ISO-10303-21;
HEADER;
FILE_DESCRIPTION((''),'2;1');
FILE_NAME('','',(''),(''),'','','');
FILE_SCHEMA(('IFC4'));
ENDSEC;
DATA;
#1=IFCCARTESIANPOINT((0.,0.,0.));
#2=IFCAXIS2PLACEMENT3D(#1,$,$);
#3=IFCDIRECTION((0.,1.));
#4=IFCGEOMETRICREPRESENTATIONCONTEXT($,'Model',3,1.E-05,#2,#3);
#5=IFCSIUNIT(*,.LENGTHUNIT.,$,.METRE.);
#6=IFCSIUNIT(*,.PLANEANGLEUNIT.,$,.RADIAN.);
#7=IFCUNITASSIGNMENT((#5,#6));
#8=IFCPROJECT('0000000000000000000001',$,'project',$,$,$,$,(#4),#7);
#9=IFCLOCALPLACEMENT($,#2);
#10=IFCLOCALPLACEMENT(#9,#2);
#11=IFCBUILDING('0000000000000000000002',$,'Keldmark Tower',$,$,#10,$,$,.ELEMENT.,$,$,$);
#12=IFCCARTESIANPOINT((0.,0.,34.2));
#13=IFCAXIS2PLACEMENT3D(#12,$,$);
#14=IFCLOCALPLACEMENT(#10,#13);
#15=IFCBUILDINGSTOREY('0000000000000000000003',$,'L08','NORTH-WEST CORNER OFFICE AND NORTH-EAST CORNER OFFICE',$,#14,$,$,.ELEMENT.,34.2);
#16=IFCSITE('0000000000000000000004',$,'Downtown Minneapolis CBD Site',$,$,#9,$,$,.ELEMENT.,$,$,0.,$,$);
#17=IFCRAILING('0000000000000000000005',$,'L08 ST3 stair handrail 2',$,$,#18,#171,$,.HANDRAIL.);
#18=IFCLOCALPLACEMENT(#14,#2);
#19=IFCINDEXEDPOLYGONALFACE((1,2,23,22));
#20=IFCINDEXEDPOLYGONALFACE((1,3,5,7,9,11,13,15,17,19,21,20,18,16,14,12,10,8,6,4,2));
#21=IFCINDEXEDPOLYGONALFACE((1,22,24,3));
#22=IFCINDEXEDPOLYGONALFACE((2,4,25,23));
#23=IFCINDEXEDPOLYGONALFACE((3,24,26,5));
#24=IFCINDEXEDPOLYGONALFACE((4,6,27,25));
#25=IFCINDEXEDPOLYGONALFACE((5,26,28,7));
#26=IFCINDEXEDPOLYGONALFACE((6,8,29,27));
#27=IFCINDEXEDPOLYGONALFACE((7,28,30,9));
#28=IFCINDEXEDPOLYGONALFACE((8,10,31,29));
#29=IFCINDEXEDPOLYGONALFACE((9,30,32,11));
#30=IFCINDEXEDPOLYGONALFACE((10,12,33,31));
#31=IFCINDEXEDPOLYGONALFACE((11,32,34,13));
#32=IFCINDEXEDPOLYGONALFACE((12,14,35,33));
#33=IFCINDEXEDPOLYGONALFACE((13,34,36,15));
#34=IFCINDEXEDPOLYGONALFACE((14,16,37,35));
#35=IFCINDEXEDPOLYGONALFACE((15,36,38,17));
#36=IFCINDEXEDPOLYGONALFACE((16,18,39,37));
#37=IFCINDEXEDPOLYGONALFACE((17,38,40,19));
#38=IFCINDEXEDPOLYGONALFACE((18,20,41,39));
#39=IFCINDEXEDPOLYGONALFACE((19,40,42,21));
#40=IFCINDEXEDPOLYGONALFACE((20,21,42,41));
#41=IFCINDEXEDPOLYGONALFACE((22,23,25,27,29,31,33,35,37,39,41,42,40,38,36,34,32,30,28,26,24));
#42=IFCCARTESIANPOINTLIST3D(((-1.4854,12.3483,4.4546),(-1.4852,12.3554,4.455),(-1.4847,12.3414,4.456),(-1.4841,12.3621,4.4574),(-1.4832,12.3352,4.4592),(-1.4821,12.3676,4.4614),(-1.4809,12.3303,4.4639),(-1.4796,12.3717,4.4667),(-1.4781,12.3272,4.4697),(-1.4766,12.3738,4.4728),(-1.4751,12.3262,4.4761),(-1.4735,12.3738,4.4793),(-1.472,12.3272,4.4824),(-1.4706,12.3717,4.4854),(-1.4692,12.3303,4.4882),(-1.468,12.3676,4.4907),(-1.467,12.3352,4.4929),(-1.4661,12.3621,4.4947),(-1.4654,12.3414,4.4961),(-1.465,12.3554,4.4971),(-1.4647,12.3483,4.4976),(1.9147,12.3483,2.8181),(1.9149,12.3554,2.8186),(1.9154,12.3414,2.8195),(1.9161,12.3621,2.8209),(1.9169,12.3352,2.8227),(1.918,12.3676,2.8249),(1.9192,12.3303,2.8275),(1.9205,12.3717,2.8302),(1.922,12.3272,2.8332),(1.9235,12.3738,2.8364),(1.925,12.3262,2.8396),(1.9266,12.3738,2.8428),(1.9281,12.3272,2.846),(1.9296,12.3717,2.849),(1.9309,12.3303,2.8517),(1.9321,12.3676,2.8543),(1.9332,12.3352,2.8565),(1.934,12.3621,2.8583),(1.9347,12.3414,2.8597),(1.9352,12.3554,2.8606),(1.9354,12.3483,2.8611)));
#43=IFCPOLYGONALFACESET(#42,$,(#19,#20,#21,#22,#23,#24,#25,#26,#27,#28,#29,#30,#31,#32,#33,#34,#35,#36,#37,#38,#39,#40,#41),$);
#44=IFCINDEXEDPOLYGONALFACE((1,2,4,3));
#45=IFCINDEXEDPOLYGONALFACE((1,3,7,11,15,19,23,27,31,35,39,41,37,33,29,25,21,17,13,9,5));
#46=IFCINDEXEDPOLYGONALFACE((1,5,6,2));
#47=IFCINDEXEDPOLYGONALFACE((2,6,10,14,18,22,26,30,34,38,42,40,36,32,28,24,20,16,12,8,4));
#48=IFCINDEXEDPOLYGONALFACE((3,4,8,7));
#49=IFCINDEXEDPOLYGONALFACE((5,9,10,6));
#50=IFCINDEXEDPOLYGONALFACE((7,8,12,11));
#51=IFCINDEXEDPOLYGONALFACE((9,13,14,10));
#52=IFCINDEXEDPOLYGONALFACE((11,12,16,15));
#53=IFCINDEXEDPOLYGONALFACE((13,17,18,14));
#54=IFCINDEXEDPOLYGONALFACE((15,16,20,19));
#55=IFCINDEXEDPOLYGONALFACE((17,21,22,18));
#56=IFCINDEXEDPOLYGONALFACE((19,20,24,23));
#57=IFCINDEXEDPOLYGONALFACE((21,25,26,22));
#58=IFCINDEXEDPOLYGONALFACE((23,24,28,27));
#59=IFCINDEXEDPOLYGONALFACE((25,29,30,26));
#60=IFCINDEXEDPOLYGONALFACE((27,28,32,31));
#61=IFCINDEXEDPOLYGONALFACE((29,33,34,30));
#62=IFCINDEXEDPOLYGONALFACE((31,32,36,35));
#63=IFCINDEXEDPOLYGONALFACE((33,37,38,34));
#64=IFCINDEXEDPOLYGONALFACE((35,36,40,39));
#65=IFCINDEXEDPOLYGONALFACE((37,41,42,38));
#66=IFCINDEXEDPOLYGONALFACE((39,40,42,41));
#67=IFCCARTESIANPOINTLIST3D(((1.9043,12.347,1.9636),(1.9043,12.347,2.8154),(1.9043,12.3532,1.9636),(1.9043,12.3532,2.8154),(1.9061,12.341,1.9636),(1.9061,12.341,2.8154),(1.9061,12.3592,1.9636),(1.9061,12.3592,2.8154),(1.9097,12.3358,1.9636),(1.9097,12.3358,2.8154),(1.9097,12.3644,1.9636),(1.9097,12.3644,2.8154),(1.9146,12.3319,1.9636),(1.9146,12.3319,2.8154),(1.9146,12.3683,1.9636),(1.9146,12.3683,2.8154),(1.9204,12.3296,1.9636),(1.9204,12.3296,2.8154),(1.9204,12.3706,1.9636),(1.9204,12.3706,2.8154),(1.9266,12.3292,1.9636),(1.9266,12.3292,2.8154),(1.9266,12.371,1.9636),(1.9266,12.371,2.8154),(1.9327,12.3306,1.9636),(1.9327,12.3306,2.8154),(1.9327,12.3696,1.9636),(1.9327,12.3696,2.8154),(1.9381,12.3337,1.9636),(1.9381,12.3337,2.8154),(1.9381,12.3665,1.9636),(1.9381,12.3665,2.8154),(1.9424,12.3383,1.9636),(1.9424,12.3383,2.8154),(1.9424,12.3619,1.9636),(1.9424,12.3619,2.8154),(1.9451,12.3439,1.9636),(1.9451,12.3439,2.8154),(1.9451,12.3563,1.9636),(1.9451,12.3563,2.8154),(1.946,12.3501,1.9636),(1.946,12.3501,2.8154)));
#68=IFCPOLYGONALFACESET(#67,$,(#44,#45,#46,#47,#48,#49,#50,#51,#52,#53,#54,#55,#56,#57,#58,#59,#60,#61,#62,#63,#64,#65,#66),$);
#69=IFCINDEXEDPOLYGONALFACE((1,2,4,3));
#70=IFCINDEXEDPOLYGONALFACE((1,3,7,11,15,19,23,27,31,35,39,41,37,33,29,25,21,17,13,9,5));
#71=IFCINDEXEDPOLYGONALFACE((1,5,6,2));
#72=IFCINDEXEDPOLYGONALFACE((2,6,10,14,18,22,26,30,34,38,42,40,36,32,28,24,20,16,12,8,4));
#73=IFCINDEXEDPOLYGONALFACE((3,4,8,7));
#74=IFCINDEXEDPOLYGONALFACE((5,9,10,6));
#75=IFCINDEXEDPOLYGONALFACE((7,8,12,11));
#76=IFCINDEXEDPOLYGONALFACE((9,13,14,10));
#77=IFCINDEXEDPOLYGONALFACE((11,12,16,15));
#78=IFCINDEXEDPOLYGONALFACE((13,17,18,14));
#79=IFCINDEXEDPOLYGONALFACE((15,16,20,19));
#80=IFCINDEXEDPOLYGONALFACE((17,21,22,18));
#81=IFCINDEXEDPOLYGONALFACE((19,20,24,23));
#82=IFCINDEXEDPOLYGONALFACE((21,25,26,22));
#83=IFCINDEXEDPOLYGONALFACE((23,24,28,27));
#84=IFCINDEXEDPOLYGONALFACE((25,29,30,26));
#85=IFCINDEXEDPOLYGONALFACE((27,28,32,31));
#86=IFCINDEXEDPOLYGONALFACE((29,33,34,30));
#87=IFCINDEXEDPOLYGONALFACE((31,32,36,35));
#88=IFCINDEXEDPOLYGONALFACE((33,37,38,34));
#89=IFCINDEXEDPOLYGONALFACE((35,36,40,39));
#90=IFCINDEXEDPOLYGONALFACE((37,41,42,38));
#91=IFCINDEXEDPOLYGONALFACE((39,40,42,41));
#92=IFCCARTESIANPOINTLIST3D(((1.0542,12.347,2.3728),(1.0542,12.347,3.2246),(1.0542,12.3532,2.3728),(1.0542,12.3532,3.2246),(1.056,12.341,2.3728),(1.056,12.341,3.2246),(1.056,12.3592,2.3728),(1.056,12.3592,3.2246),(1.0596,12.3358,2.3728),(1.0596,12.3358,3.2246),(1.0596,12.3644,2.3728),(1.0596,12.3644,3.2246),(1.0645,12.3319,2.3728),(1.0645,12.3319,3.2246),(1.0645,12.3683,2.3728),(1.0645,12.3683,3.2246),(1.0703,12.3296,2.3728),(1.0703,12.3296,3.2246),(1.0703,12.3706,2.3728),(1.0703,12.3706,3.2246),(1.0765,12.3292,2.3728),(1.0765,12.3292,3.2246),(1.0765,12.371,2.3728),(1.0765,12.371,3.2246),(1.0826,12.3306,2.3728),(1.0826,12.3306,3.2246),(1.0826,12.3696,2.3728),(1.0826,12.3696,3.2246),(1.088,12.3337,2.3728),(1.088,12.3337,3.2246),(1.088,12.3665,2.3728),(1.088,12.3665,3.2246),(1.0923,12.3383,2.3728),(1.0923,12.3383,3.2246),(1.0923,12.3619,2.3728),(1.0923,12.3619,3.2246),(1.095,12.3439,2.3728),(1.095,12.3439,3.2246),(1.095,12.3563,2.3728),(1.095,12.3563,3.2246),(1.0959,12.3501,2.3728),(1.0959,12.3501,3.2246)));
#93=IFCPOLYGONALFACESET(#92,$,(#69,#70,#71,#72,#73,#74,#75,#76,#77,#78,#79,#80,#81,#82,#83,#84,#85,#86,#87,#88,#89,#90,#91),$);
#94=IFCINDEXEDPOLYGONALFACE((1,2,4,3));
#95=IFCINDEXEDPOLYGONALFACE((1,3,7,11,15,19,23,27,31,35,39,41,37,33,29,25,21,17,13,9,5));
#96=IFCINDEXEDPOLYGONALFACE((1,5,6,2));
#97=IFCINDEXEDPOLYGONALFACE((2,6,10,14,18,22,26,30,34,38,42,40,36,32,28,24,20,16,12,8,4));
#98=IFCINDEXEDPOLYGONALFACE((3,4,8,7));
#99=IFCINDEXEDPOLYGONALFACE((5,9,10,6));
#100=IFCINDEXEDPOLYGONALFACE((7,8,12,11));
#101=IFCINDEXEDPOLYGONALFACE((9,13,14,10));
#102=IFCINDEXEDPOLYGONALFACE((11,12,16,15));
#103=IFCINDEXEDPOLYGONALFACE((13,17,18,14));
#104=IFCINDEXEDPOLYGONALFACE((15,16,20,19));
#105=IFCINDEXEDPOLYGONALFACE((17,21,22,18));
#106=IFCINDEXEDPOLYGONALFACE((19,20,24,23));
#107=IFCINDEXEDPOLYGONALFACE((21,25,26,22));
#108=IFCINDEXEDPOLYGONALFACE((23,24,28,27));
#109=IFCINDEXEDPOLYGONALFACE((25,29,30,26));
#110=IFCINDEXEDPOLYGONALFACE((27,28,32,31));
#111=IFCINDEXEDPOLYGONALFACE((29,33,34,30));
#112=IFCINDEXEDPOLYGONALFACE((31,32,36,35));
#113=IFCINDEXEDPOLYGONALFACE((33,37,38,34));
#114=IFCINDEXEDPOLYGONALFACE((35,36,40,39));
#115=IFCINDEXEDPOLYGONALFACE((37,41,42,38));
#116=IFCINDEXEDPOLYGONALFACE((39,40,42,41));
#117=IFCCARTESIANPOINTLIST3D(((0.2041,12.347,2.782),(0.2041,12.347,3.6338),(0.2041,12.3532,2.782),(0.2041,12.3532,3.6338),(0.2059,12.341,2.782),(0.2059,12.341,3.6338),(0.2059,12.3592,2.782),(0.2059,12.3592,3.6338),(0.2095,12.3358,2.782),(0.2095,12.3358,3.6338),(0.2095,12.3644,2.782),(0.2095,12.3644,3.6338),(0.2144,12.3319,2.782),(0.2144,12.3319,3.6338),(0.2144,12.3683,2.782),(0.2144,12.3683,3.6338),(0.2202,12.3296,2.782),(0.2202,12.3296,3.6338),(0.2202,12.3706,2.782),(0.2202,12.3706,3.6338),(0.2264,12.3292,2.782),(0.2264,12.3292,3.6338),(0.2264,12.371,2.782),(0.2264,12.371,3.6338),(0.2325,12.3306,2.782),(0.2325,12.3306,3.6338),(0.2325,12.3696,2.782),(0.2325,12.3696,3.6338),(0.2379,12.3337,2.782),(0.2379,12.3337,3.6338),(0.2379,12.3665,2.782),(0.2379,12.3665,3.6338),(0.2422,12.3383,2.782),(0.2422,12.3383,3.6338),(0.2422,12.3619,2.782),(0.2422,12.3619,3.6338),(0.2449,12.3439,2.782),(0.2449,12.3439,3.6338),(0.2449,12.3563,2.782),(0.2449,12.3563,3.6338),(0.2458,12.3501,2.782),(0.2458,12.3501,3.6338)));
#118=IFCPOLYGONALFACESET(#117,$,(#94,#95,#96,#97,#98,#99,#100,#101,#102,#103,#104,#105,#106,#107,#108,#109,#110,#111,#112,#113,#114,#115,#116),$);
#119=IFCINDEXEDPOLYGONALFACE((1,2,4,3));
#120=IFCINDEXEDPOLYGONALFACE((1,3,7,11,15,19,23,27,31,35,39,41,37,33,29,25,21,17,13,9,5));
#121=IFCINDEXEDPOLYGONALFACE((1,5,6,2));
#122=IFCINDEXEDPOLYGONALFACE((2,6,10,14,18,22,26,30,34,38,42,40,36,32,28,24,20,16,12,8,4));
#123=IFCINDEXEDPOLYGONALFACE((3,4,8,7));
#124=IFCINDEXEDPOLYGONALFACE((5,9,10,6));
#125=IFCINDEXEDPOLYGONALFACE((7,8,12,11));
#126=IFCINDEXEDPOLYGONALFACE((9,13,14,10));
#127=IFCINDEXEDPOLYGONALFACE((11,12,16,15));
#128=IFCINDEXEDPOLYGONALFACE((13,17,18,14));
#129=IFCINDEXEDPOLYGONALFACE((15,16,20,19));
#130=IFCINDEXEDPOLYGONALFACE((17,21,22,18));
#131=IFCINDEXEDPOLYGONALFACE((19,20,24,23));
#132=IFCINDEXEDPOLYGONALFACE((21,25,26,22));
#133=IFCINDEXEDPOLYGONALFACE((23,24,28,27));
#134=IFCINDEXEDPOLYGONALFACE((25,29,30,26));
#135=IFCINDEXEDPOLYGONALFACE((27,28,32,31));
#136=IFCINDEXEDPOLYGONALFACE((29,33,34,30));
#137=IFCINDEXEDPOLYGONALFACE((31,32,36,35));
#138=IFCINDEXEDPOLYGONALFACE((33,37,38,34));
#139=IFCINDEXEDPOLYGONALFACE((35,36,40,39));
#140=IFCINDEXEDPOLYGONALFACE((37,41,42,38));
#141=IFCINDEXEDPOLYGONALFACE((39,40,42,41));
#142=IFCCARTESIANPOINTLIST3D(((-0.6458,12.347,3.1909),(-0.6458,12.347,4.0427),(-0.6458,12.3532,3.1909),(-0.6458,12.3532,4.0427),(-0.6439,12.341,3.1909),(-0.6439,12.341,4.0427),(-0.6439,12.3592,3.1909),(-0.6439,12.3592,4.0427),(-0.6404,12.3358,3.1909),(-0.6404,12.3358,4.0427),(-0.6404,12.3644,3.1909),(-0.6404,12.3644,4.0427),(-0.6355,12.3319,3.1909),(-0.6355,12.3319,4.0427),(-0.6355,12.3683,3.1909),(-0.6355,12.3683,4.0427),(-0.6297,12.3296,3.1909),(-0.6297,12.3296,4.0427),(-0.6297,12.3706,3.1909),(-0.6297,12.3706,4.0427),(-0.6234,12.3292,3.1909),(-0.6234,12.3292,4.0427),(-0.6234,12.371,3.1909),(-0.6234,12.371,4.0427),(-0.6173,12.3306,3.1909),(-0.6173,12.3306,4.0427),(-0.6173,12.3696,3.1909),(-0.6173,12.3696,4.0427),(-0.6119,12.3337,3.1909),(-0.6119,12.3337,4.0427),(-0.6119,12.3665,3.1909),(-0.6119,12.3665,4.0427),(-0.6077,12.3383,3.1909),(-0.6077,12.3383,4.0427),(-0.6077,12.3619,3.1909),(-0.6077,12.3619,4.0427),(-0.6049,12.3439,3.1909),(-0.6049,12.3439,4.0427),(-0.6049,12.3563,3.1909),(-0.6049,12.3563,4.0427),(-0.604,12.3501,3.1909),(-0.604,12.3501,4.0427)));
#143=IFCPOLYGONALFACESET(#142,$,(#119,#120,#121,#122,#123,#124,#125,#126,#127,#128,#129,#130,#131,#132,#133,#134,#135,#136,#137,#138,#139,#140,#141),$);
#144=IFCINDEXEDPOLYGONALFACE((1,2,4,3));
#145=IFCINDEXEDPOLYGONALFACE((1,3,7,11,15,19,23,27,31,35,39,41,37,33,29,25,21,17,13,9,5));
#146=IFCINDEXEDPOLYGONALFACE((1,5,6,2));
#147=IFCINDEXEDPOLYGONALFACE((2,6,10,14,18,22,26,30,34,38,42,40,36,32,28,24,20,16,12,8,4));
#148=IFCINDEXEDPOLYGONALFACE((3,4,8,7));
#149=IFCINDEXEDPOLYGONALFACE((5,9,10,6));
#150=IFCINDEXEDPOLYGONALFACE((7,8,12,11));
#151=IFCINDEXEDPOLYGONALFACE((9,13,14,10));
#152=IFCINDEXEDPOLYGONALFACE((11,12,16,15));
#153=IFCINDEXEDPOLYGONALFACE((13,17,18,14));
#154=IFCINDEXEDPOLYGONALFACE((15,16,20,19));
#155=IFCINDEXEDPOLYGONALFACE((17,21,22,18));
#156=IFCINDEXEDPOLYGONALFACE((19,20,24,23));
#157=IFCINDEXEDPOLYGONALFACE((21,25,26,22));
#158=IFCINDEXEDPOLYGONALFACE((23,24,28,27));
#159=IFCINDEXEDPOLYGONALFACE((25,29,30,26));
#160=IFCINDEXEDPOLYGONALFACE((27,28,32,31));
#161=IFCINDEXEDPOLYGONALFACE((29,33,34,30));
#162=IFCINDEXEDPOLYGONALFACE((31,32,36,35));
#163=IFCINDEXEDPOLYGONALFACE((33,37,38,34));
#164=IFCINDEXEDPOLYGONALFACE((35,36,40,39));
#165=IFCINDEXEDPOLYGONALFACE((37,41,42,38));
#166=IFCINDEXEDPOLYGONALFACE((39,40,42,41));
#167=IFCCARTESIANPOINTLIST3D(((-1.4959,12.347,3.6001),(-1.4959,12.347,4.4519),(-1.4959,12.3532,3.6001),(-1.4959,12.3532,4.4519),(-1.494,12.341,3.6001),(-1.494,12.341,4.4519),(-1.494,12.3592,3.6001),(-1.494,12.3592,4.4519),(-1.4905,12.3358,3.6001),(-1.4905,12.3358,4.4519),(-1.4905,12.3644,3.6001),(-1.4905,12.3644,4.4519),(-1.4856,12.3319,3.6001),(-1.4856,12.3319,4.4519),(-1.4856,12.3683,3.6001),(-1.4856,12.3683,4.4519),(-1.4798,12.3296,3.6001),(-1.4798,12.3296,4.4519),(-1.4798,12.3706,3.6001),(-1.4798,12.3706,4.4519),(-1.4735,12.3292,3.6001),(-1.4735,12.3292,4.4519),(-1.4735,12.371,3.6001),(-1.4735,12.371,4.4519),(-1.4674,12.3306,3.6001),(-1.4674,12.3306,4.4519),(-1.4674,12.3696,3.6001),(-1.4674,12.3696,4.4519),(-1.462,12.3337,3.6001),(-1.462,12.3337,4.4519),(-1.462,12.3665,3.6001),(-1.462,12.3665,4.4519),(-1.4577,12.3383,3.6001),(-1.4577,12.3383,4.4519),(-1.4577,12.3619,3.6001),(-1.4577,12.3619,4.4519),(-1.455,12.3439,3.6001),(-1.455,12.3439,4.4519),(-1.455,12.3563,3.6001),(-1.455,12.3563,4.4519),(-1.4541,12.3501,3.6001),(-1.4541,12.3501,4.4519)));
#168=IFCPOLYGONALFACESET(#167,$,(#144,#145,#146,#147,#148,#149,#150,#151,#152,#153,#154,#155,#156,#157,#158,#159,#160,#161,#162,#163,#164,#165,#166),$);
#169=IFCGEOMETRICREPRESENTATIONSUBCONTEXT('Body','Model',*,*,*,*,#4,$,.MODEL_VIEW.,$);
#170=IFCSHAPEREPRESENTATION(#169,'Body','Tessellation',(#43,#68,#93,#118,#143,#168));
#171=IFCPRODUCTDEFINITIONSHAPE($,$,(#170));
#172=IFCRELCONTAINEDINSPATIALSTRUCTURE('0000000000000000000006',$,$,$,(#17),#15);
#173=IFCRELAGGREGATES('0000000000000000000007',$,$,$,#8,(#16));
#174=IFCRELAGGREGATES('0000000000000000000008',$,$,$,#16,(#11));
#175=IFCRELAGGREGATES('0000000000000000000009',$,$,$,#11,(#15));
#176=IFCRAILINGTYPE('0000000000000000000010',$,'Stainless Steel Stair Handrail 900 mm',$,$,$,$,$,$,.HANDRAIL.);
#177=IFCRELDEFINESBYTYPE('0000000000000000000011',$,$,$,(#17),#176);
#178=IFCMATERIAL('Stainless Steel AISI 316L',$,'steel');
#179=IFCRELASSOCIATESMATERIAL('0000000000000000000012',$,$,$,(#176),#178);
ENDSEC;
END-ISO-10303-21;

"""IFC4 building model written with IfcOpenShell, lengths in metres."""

from ifc_helpers import new_model, si_unit, direction, frame, origin, origin_2d, place, context, subcontext, project, spatial, circle, extrude, material, type_object, element, save


model = new_model("IFC4")

# Units and contexts
model_context = context("Model", 3, precision=1e-05, world=origin(), true_north=direction((0.0, 1.0)))
body_context = subcontext(model_context, "Body", "Model", "MODEL_VIEW")
ifc_project = project(units=[si_unit("LENGTHUNIT", "METRE"), si_unit("PLANEANGLEUNIT", "RADIAN")], contexts=[model_context])

# Site, building, storey
site_placement = place(None, origin())
site = spatial("IfcSite", under=ifc_project, at=site_placement, Name="Downtown Minneapolis CBD Site", CompositionType="ELEMENT", RefElevation=0.0)
building_placement = place(site_placement, origin())
building = spatial("IfcBuilding", under=site, at=building_placement, Name="Keldmark Tower", CompositionType="ELEMENT")
storey_placement = place(building_placement, frame((0.0, 0.0, 34.2)))
storey = spatial("IfcBuildingStorey", under=building, at=storey_placement, Name="L08", Description="NORTH-WEST CORNER OFFICE AND NORTH-EAST CORNER OFFICE", CompositionType="ELEMENT", Elevation=34.2)

# Railing
ifc_material_1 = material(Name="Stainless Steel AISI 316L", Category="steel")
railing_type_1 = type_object("IfcRailingType", Name="Stainless Steel Stair Handrail 900 mm", PredefinedType="HANDRAIL", material=ifc_material_1)
railing_1_placement = place(storey_placement, frame((1.925, 12.3501, 1.9636)))
element("IfcRailing", 1, at=railing_1_placement, inside=storey, type_object=railing_type_1, Name="L08 ST3 stair handrail 2", PredefinedType="HANDRAIL", context=body_context, shape_type="SweptSolid", body=[
    extrude(circle(Radius=0.0239, at=origin_2d()), frame((0.0, 0.0, 0.876), z_axis=(-0.901067, 0.0, 0.433679), x_axis=(0.0, -1.0, 0.0)), (0.0, 0.0, 1.0), 3.7734),
    extrude(circle(Radius=0.021, at=origin_2d()), origin(), (0.0, 0.0, 1.0), 0.8518),
    extrude(circle(Radius=0.021, at=origin_2d()), frame((-0.8501, 0.0, 0.4092)), (0.0, 0.0, 1.0), 0.8518),
    extrude(circle(Radius=0.021, at=origin_2d()), frame((-1.7002, 0.0, 0.8184)), (0.0, 0.0, 1.0), 0.8518),
    extrude(circle(Radius=0.021, at=origin_2d()), frame((-2.55, 0.0, 1.2273)), (0.0, 0.0, 1.0), 0.8518),
    extrude(circle(Radius=0.021, at=origin_2d()), frame((-3.4001, 0.0, 1.6365)), (0.0, 0.0, 1.0), 0.8518),
])

save(model, "model.ifc")
